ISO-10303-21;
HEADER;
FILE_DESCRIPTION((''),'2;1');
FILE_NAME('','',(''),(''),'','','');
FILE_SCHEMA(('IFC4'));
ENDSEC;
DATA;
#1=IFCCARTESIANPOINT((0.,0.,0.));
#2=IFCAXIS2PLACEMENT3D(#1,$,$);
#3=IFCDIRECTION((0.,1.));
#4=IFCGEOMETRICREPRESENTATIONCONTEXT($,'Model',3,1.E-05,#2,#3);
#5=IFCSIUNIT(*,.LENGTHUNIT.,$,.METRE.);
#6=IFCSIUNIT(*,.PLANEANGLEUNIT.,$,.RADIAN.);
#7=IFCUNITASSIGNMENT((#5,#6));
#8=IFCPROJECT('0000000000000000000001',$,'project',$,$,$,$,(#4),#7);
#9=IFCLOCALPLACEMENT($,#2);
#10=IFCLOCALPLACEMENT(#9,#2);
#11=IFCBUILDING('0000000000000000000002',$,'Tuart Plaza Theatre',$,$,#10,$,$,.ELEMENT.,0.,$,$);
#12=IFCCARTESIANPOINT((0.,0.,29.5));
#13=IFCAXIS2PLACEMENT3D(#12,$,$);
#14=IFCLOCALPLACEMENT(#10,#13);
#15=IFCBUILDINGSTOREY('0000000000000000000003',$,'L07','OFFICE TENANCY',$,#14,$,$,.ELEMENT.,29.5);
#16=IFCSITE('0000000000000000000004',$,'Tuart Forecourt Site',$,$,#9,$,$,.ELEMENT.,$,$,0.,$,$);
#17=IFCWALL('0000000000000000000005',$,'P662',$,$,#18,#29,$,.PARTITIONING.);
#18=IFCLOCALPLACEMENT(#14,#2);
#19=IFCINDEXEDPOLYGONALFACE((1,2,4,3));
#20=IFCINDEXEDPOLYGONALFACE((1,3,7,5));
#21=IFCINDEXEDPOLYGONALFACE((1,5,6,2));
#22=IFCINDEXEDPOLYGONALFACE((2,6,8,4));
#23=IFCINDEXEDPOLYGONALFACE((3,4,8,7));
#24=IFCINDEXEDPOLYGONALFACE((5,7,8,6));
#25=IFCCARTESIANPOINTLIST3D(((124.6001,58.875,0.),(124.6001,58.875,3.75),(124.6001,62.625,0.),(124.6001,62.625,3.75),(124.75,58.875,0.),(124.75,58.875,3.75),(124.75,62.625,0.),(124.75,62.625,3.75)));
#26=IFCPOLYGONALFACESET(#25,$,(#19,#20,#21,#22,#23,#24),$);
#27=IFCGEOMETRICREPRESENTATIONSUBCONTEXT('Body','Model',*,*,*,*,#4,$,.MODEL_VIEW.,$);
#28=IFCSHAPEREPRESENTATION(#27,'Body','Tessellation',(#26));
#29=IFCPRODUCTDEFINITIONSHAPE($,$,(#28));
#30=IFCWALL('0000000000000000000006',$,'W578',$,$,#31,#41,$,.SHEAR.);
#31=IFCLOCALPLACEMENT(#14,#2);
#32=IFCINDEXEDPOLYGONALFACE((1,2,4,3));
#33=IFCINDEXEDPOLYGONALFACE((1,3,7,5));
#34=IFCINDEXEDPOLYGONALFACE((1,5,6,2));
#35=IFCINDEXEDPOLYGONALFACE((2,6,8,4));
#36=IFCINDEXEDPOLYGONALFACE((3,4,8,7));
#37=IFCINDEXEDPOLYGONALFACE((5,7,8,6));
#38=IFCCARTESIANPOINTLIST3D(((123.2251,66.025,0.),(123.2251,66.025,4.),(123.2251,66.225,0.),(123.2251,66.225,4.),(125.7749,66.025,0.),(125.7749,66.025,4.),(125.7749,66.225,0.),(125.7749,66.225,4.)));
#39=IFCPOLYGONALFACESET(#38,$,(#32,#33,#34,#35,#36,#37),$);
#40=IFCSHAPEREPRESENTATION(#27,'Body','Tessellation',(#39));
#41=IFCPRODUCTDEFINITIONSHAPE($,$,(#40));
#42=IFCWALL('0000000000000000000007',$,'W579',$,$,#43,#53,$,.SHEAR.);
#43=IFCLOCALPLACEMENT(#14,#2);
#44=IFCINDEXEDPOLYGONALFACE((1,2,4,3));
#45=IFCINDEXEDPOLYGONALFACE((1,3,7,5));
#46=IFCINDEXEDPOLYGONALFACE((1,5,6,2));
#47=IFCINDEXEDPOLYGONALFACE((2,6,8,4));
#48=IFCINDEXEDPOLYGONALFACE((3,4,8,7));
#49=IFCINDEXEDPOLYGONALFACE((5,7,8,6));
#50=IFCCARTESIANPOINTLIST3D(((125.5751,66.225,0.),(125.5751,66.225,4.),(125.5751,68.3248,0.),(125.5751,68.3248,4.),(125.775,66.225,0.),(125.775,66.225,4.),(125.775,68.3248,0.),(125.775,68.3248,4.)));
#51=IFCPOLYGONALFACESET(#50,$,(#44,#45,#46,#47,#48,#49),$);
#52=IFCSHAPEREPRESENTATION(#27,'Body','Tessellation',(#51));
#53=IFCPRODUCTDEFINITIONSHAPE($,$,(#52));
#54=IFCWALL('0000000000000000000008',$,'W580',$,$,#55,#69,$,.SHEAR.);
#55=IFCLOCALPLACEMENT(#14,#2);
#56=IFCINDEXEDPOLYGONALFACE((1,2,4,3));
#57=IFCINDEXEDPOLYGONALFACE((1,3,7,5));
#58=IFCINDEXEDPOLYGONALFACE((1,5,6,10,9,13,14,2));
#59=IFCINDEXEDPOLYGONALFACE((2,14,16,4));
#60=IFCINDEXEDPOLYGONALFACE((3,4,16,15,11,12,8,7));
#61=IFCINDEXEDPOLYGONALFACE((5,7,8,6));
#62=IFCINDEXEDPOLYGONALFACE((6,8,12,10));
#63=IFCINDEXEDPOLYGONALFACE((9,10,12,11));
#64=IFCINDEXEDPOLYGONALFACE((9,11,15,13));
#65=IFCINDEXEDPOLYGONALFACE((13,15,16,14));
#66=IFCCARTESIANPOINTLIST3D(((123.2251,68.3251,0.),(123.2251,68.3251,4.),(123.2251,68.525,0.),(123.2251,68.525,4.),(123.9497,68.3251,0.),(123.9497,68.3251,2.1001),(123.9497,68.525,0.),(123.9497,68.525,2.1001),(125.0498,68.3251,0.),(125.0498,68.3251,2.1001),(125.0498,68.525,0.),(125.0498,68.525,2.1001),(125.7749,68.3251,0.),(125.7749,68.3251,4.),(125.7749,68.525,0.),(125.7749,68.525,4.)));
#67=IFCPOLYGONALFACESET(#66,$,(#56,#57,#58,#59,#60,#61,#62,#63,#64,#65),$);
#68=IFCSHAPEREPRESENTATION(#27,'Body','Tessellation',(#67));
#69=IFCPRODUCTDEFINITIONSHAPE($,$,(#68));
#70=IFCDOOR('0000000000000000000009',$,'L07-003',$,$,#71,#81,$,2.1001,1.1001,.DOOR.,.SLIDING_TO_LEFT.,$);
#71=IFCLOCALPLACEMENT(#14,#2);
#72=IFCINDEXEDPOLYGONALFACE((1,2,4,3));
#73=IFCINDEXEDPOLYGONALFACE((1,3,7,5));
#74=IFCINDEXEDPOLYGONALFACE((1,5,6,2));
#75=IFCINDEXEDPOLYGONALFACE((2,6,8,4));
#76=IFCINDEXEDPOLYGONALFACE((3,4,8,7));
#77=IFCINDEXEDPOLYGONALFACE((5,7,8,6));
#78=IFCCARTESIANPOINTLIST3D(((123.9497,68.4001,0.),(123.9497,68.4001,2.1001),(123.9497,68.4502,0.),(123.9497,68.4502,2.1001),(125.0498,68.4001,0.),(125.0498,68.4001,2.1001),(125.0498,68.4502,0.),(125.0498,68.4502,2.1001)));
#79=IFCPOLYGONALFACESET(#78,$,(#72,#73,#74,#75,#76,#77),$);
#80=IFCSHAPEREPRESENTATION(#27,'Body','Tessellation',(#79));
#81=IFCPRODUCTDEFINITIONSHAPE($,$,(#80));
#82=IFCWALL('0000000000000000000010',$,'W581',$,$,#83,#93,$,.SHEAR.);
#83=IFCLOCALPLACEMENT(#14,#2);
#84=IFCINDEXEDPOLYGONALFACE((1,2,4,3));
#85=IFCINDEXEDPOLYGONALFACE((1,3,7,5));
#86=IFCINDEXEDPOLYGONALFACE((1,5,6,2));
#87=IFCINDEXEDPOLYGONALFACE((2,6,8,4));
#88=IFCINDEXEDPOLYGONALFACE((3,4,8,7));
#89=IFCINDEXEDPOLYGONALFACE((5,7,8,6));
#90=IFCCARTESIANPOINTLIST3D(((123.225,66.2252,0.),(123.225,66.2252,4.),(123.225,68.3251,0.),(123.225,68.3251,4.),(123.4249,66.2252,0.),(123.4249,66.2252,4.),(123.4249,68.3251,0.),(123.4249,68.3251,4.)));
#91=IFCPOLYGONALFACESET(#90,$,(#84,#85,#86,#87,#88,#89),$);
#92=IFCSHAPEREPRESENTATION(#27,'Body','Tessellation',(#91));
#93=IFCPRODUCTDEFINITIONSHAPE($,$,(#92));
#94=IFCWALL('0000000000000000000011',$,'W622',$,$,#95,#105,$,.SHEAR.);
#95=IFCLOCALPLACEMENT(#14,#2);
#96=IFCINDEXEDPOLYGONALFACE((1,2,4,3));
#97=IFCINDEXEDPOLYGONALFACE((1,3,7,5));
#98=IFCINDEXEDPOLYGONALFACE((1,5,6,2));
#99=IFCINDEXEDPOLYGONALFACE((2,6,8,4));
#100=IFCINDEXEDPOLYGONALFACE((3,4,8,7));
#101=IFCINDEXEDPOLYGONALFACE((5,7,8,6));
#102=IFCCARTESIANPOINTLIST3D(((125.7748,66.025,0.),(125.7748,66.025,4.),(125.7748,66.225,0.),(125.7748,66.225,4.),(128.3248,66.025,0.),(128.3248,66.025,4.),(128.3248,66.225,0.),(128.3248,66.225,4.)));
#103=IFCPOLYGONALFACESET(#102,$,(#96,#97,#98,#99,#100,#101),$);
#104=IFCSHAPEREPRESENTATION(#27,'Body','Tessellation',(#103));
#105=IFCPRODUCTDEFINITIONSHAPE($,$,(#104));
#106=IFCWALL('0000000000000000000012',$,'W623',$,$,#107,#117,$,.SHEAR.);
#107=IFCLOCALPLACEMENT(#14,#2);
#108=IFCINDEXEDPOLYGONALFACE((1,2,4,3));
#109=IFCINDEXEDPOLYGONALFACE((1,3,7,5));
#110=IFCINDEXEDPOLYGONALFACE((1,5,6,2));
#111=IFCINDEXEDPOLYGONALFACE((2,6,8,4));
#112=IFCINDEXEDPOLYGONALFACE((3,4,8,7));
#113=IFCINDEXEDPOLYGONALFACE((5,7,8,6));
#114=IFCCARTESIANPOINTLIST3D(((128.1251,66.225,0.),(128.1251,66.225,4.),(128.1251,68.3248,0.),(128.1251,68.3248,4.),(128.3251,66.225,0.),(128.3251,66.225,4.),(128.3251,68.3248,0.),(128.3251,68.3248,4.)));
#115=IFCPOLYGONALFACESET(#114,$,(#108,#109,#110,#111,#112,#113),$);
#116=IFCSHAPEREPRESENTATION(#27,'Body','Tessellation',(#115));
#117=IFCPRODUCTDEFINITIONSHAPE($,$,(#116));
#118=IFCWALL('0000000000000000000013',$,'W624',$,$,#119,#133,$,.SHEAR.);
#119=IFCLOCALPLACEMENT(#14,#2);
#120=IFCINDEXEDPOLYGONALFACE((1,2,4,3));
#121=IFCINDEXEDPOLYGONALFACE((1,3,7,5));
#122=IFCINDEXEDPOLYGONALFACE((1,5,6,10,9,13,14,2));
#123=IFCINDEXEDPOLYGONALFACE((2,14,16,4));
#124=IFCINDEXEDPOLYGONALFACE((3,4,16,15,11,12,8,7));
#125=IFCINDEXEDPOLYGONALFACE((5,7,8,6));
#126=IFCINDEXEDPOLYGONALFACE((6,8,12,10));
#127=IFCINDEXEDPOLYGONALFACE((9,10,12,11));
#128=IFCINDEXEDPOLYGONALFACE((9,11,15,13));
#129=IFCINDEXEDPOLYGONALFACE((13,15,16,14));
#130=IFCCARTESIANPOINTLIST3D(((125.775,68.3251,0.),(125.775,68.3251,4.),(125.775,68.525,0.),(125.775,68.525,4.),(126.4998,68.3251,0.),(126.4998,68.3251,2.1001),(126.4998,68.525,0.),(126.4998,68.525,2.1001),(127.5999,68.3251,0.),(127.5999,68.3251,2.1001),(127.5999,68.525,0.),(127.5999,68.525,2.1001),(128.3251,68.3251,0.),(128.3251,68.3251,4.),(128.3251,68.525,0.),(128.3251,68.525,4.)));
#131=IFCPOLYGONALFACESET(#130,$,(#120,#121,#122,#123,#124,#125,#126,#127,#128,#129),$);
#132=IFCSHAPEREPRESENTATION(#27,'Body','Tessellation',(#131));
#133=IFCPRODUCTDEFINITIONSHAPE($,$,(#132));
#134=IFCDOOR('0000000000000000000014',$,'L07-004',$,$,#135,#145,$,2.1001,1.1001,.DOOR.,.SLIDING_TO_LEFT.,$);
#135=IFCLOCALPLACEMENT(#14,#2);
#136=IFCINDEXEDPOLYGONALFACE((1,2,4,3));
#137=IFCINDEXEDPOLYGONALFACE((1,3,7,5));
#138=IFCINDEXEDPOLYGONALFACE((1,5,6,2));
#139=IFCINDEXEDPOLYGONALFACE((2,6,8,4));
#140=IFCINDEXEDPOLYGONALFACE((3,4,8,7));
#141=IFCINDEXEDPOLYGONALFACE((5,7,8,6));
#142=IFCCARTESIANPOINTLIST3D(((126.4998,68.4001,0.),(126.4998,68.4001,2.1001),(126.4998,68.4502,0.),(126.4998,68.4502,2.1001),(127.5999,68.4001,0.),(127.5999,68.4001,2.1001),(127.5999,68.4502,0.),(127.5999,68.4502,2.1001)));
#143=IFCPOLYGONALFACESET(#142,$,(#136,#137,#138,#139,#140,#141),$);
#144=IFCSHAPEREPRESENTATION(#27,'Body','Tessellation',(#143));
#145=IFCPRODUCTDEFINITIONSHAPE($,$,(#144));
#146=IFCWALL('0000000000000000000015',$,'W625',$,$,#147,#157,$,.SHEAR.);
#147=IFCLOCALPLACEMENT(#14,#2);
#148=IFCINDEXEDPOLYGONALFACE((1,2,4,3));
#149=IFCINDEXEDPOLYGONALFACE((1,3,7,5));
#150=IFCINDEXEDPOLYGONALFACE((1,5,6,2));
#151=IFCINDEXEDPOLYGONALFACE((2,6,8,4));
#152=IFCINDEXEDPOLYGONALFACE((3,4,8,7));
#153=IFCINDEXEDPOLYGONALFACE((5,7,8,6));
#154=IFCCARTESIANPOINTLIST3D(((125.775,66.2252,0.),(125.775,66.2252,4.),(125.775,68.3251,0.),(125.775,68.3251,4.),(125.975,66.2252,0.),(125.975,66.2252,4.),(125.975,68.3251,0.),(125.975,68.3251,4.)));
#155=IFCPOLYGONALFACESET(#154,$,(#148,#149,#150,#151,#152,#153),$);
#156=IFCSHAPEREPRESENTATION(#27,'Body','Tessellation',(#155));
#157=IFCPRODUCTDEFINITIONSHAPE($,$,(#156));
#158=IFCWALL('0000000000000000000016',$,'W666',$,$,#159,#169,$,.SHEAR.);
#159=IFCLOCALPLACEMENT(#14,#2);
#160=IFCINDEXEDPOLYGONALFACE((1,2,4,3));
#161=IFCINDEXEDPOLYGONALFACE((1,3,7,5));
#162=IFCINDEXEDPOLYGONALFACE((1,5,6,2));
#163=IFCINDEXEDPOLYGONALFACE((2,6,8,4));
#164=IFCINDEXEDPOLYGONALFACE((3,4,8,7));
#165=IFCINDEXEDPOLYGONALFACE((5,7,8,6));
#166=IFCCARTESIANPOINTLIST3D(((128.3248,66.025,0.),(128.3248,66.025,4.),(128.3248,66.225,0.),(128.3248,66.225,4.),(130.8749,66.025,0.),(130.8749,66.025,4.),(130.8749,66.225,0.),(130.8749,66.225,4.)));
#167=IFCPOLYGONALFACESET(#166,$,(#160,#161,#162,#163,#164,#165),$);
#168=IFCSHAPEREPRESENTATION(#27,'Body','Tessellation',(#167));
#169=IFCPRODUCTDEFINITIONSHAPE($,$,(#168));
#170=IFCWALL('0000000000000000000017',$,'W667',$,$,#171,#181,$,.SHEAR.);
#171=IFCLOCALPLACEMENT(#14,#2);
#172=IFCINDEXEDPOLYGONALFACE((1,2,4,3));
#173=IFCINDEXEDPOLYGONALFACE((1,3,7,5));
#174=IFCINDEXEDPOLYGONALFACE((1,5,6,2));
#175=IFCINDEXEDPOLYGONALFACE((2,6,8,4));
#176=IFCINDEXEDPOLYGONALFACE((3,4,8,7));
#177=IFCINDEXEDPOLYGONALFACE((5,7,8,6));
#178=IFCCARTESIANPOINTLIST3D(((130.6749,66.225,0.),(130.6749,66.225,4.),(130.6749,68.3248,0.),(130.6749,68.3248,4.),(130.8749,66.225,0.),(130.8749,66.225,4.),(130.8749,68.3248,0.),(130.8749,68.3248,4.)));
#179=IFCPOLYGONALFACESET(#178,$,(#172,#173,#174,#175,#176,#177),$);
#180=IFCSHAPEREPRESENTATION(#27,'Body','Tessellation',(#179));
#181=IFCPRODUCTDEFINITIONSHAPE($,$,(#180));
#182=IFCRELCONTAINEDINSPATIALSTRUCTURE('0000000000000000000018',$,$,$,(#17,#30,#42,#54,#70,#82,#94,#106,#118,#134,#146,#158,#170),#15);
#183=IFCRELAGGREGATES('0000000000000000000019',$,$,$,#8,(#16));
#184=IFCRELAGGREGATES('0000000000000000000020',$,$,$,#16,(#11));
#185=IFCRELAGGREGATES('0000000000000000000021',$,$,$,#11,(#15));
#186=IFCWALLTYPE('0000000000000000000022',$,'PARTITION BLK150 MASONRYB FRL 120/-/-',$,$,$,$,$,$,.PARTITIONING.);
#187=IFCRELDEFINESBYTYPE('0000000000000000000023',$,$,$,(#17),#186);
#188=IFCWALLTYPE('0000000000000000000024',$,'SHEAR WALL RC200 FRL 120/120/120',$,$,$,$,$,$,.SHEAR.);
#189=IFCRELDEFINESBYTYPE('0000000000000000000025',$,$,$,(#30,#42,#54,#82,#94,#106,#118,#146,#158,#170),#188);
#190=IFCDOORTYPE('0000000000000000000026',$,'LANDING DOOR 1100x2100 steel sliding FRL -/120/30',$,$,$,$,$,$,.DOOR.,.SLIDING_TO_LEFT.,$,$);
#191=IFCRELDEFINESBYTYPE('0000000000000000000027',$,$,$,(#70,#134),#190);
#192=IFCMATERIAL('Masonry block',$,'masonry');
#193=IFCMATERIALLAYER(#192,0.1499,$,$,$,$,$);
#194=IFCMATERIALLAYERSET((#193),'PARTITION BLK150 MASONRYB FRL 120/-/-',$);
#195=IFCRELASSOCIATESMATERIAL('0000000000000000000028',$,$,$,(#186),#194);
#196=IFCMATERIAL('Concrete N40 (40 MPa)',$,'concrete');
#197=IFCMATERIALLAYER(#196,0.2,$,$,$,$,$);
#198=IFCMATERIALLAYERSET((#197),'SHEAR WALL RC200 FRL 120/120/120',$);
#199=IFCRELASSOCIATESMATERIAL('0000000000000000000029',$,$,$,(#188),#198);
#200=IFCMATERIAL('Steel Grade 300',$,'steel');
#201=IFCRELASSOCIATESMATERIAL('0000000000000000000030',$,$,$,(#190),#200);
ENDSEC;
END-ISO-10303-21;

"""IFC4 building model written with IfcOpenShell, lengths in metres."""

from ifc_helpers import new_model, si_unit, direction, frame, frame_2d, origin, place, context, subcontext, project, spatial, rectangle, extrude, material, layer, layer_set, type_object, element, fill, save


model = new_model("IFC4")

# Units and contexts
model_context = context("Model", 3, precision=1e-05, world=origin(), true_north=direction((0.0, 1.0)))
body_context = subcontext(model_context, "Body", "Model", "MODEL_VIEW")
ifc_project = project(units=[si_unit("LENGTHUNIT", "METRE"), si_unit("PLANEANGLEUNIT", "RADIAN")], contexts=[model_context])

# Site, building, storey
site_placement = place(None, origin())
site = spatial("IfcSite", under=ifc_project, at=site_placement, Name="Tuart Forecourt Site", CompositionType="ELEMENT", RefElevation=0.0)
building_placement = place(site_placement, origin())
building = spatial("IfcBuilding", under=site, at=building_placement, Name="Tuart Plaza Theatre", CompositionType="ELEMENT", ElevationOfRefHeight=0.0)
storey_placement = place(building_placement, frame((0.0, 0.0, 29.5)))
storey = spatial("IfcBuildingStorey", under=building, at=storey_placement, Name="L07", Description="OFFICE TENANCY", CompositionType="ELEMENT", Elevation=29.5)

# Walls
ifc_material_1 = material(Name="Masonry block", Category="masonry")
ifc_layer_1 = layer(ifc_material_1, 0.1499)
ifc_layer_set_1 = layer_set([ifc_layer_1], Name="PARTITION BLK150 MASONRYB FRL 120/-/-")
wall_type_1 = type_object("IfcWallType", Name="PARTITION BLK150 MASONRYB FRL 120/-/-", PredefinedType="PARTITIONING", material=ifc_layer_set_1)
wall_1_placement = place(storey_placement, frame((124.675, 62.625, 0.0), z_axis=(0.0, 0.0, 1.0), x_axis=(0.0, -1.0, 0.0)))
element("IfcWall", 1, at=wall_1_placement, inside=storey, type_object=wall_type_1, Name="P662", PredefinedType="PARTITIONING", context=body_context, shape_type="SweptSolid", body=[
    extrude(rectangle(XDim=3.75, YDim=0.1499, at=frame_2d((1.875, 0.0))), origin(), (0.0, 0.0, 1.0), 3.75),
])
ifc_material_2 = material(Name="Concrete N40 (40 MPa)", Category="concrete")
ifc_layer_2 = layer(ifc_material_2, 0.2)
ifc_layer_set_2 = layer_set([ifc_layer_2], Name="SHEAR WALL RC200 FRL 120/120/120")
wall_type_2 = type_object("IfcWallType", Name="SHEAR WALL RC200 FRL 120/120/120", PredefinedType="SHEAR", material=ifc_layer_set_2)
wall_2_placement = place(storey_placement, frame((123.2251, 66.125, 0.0), z_axis=(0.0, 0.0, 1.0), x_axis=(1.0, 0.0, 0.0)))
element("IfcWall", 2, at=wall_2_placement, inside=storey, type_object=wall_type_2, Name="W578", PredefinedType="SHEAR", context=body_context, shape_type="SweptSolid", body=[
    extrude(rectangle(XDim=2.5498, YDim=0.2, at=frame_2d((1.2749, 0.0))), origin(), (0.0, 0.0, 1.0), 4.0),
])
wall_3_placement = place(storey_placement, frame((125.675, 66.2251, 0.0), z_axis=(0.0, 0.0, 1.0), x_axis=(0.0, 1.0, 0.0)))
element("IfcWall", 3, at=wall_3_placement, inside=storey, type_object=wall_type_2, Name="W579", PredefinedType="SHEAR", context=body_context, shape_type="SweptSolid", body=[
    extrude(rectangle(XDim=2.0999, YDim=0.2, at=frame_2d((1.0498, 0.0))), origin(), (0.0, 0.0, 1.0), 4.0),
])

# Wall, opening, door
wall_4_placement = place(storey_placement, frame((125.7749, 68.425, 0.0), z_axis=(0.0, 0.0, 1.0), x_axis=(-1.0, 0.0, 0.0)))
wall_4 = element("IfcWall", 4, at=wall_4_placement, inside=storey, type_object=wall_type_2, Name="W580", PredefinedType="SHEAR", context=body_context, shape_type="SweptSolid", body=[
    extrude(rectangle(XDim=2.5498, YDim=0.2, at=frame_2d((1.2749, 0.0))), origin(), (0.0, 0.0, 1.0), 4.0),
])
opening_1_placement = place(wall_4_placement, frame((0.7251, 0.0, 0.0)))
opening_1 = element("IfcOpeningElement", 5, at=opening_1_placement, cuts=wall_4, PredefinedType="OPENING", context=body_context, shape_type="SweptSolid", body=[
    extrude(rectangle(XDim=1.1001, YDim=2.1001, at=frame_2d((0.55, 1.05))), frame((0.0, 0.1099, 0.0), z_axis=(0.0, -1.0, 0.0), x_axis=(1.0, 0.0, 0.0)), (0.0, 0.0, 1.0), 0.22),
])
ifc_material_3 = material(Name="Steel Grade 300", Category="steel")
door_type_1 = type_object("IfcDoorType", Name="LANDING DOOR 1100x2100 steel sliding FRL -/120/30", OperationType="SLIDING_TO_LEFT", PredefinedType="DOOR", material=ifc_material_3)
door_1_placement = place(opening_1_placement, origin())
door_1 = element("IfcDoor", 6, at=door_1_placement, inside=storey, type_object=door_type_1, Name="L07-003", OperationType="SLIDING_TO_LEFT", OverallHeight=2.1001, OverallWidth=1.1001, PredefinedType="DOOR", context=body_context, shape_type="SweptSolid", body=[
    extrude(rectangle(XDim=1.1001, YDim=2.1001, at=frame_2d((0.55, 1.05))), frame((0.0, 0.0249, 0.0), z_axis=(0.0, -1.0, 0.0), x_axis=(1.0, 0.0, 0.0)), (0.0, 0.0, 1.0), 0.05),
])
fill(opening_1, door_1)

# Walls
wall_5_placement = place(storey_placement, frame((123.325, 68.325, 0.0), z_axis=(0.0, 0.0, 1.0), x_axis=(0.0, -1.0, 0.0)))
element("IfcWall", 7, at=wall_5_placement, inside=storey, type_object=wall_type_2, Name="W581", PredefinedType="SHEAR", context=body_context, shape_type="SweptSolid", body=[
    extrude(rectangle(XDim=2.0999, YDim=0.2, at=frame_2d((1.0498, 0.0))), origin(), (0.0, 0.0, 1.0), 4.0),
])
wall_6_placement = place(storey_placement, frame((125.7749, 66.125, 0.0), z_axis=(0.0, 0.0, 1.0), x_axis=(1.0, 0.0, 0.0)))
element("IfcWall", 8, at=wall_6_placement, inside=storey, type_object=wall_type_2, Name="W622", PredefinedType="SHEAR", context=body_context, shape_type="SweptSolid", body=[
    extrude(rectangle(XDim=2.55, YDim=0.2, at=frame_2d((1.2749, 0.0))), origin(), (0.0, 0.0, 1.0), 4.0),
])
wall_7_placement = place(storey_placement, frame((128.2251, 66.2251, 0.0), z_axis=(0.0, 0.0, 1.0), x_axis=(0.0, 1.0, 0.0)))
element("IfcWall", 9, at=wall_7_placement, inside=storey, type_object=wall_type_2, Name="W623", PredefinedType="SHEAR", context=body_context, shape_type="SweptSolid", body=[
    extrude(rectangle(XDim=2.0999, YDim=0.2, at=frame_2d((1.0498, 0.0))), origin(), (0.0, 0.0, 1.0), 4.0),
])

# Wall, opening, door
wall_8_placement = place(storey_placement, frame((128.325, 68.425, 0.0), z_axis=(0.0, 0.0, 1.0), x_axis=(-1.0, 0.0, 0.0)))
wall_8 = element("IfcWall", 10, at=wall_8_placement, inside=storey, type_object=wall_type_2, Name="W624", PredefinedType="SHEAR", context=body_context, shape_type="SweptSolid", body=[
    extrude(rectangle(XDim=2.55, YDim=0.2, at=frame_2d((1.2749, 0.0))), origin(), (0.0, 0.0, 1.0), 4.0),
])
opening_2_placement = place(wall_8_placement, frame((0.7251, 0.0, 0.0)))
opening_2 = element("IfcOpeningElement", 11, at=opening_2_placement, cuts=wall_8, PredefinedType="OPENING", context=body_context, shape_type="SweptSolid", body=[
    extrude(rectangle(XDim=1.1001, YDim=2.1001, at=frame_2d((0.55, 1.05))), frame((0.0, 0.1099, 0.0), z_axis=(0.0, -1.0, 0.0), x_axis=(1.0, 0.0, 0.0)), (0.0, 0.0, 1.0), 0.22),
])
door_2_placement = place(opening_2_placement, origin())
door_2 = element("IfcDoor", 12, at=door_2_placement, inside=storey, type_object=door_type_1, Name="L07-004", OperationType="SLIDING_TO_LEFT", OverallHeight=2.1001, OverallWidth=1.1001, PredefinedType="DOOR", context=body_context, shape_type="SweptSolid", body=[
    extrude(rectangle(XDim=1.1001, YDim=2.1001, at=frame_2d((0.55, 1.05))), frame((0.0, 0.0249, 0.0), z_axis=(0.0, -1.0, 0.0), x_axis=(1.0, 0.0, 0.0)), (0.0, 0.0, 1.0), 0.05),
])
fill(opening_2, door_2)

# Walls
wall_9_placement = place(storey_placement, frame((125.875, 68.325, 0.0), z_axis=(0.0, 0.0, 1.0), x_axis=(0.0, -1.0, 0.0)))
element("IfcWall", 13, at=wall_9_placement, inside=storey, type_object=wall_type_2, Name="W625", PredefinedType="SHEAR", context=body_context, shape_type="SweptSolid", body=[
    extrude(rectangle(XDim=2.0999, YDim=0.2, at=frame_2d((1.0498, 0.0))), origin(), (0.0, 0.0, 1.0), 4.0),
])
wall_10_placement = place(storey_placement, frame((128.325, 66.125, 0.0), z_axis=(0.0, 0.0, 1.0), x_axis=(1.0, 0.0, 0.0)))
element("IfcWall", 14, at=wall_10_placement, inside=storey, type_object=wall_type_2, Name="W666", PredefinedType="SHEAR", context=body_context, shape_type="SweptSolid", body=[
    extrude(rectangle(XDim=2.55, YDim=0.2, at=frame_2d((1.2749, 0.0))), origin(), (0.0, 0.0, 1.0), 4.0),
])
wall_11_placement = place(storey_placement, frame((130.7749, 66.2251, 0.0), z_axis=(0.0, 0.0, 1.0), x_axis=(0.0, 1.0, 0.0)))
element("IfcWall", 15, at=wall_11_placement, inside=storey, type_object=wall_type_2, Name="W667", PredefinedType="SHEAR", context=body_context, shape_type="SweptSolid", body=[
    extrude(rectangle(XDim=2.0999, YDim=0.2, at=frame_2d((1.0498, 0.0))), origin(), (0.0, 0.0, 1.0), 4.0),
])

save(model, "model.ifc")
